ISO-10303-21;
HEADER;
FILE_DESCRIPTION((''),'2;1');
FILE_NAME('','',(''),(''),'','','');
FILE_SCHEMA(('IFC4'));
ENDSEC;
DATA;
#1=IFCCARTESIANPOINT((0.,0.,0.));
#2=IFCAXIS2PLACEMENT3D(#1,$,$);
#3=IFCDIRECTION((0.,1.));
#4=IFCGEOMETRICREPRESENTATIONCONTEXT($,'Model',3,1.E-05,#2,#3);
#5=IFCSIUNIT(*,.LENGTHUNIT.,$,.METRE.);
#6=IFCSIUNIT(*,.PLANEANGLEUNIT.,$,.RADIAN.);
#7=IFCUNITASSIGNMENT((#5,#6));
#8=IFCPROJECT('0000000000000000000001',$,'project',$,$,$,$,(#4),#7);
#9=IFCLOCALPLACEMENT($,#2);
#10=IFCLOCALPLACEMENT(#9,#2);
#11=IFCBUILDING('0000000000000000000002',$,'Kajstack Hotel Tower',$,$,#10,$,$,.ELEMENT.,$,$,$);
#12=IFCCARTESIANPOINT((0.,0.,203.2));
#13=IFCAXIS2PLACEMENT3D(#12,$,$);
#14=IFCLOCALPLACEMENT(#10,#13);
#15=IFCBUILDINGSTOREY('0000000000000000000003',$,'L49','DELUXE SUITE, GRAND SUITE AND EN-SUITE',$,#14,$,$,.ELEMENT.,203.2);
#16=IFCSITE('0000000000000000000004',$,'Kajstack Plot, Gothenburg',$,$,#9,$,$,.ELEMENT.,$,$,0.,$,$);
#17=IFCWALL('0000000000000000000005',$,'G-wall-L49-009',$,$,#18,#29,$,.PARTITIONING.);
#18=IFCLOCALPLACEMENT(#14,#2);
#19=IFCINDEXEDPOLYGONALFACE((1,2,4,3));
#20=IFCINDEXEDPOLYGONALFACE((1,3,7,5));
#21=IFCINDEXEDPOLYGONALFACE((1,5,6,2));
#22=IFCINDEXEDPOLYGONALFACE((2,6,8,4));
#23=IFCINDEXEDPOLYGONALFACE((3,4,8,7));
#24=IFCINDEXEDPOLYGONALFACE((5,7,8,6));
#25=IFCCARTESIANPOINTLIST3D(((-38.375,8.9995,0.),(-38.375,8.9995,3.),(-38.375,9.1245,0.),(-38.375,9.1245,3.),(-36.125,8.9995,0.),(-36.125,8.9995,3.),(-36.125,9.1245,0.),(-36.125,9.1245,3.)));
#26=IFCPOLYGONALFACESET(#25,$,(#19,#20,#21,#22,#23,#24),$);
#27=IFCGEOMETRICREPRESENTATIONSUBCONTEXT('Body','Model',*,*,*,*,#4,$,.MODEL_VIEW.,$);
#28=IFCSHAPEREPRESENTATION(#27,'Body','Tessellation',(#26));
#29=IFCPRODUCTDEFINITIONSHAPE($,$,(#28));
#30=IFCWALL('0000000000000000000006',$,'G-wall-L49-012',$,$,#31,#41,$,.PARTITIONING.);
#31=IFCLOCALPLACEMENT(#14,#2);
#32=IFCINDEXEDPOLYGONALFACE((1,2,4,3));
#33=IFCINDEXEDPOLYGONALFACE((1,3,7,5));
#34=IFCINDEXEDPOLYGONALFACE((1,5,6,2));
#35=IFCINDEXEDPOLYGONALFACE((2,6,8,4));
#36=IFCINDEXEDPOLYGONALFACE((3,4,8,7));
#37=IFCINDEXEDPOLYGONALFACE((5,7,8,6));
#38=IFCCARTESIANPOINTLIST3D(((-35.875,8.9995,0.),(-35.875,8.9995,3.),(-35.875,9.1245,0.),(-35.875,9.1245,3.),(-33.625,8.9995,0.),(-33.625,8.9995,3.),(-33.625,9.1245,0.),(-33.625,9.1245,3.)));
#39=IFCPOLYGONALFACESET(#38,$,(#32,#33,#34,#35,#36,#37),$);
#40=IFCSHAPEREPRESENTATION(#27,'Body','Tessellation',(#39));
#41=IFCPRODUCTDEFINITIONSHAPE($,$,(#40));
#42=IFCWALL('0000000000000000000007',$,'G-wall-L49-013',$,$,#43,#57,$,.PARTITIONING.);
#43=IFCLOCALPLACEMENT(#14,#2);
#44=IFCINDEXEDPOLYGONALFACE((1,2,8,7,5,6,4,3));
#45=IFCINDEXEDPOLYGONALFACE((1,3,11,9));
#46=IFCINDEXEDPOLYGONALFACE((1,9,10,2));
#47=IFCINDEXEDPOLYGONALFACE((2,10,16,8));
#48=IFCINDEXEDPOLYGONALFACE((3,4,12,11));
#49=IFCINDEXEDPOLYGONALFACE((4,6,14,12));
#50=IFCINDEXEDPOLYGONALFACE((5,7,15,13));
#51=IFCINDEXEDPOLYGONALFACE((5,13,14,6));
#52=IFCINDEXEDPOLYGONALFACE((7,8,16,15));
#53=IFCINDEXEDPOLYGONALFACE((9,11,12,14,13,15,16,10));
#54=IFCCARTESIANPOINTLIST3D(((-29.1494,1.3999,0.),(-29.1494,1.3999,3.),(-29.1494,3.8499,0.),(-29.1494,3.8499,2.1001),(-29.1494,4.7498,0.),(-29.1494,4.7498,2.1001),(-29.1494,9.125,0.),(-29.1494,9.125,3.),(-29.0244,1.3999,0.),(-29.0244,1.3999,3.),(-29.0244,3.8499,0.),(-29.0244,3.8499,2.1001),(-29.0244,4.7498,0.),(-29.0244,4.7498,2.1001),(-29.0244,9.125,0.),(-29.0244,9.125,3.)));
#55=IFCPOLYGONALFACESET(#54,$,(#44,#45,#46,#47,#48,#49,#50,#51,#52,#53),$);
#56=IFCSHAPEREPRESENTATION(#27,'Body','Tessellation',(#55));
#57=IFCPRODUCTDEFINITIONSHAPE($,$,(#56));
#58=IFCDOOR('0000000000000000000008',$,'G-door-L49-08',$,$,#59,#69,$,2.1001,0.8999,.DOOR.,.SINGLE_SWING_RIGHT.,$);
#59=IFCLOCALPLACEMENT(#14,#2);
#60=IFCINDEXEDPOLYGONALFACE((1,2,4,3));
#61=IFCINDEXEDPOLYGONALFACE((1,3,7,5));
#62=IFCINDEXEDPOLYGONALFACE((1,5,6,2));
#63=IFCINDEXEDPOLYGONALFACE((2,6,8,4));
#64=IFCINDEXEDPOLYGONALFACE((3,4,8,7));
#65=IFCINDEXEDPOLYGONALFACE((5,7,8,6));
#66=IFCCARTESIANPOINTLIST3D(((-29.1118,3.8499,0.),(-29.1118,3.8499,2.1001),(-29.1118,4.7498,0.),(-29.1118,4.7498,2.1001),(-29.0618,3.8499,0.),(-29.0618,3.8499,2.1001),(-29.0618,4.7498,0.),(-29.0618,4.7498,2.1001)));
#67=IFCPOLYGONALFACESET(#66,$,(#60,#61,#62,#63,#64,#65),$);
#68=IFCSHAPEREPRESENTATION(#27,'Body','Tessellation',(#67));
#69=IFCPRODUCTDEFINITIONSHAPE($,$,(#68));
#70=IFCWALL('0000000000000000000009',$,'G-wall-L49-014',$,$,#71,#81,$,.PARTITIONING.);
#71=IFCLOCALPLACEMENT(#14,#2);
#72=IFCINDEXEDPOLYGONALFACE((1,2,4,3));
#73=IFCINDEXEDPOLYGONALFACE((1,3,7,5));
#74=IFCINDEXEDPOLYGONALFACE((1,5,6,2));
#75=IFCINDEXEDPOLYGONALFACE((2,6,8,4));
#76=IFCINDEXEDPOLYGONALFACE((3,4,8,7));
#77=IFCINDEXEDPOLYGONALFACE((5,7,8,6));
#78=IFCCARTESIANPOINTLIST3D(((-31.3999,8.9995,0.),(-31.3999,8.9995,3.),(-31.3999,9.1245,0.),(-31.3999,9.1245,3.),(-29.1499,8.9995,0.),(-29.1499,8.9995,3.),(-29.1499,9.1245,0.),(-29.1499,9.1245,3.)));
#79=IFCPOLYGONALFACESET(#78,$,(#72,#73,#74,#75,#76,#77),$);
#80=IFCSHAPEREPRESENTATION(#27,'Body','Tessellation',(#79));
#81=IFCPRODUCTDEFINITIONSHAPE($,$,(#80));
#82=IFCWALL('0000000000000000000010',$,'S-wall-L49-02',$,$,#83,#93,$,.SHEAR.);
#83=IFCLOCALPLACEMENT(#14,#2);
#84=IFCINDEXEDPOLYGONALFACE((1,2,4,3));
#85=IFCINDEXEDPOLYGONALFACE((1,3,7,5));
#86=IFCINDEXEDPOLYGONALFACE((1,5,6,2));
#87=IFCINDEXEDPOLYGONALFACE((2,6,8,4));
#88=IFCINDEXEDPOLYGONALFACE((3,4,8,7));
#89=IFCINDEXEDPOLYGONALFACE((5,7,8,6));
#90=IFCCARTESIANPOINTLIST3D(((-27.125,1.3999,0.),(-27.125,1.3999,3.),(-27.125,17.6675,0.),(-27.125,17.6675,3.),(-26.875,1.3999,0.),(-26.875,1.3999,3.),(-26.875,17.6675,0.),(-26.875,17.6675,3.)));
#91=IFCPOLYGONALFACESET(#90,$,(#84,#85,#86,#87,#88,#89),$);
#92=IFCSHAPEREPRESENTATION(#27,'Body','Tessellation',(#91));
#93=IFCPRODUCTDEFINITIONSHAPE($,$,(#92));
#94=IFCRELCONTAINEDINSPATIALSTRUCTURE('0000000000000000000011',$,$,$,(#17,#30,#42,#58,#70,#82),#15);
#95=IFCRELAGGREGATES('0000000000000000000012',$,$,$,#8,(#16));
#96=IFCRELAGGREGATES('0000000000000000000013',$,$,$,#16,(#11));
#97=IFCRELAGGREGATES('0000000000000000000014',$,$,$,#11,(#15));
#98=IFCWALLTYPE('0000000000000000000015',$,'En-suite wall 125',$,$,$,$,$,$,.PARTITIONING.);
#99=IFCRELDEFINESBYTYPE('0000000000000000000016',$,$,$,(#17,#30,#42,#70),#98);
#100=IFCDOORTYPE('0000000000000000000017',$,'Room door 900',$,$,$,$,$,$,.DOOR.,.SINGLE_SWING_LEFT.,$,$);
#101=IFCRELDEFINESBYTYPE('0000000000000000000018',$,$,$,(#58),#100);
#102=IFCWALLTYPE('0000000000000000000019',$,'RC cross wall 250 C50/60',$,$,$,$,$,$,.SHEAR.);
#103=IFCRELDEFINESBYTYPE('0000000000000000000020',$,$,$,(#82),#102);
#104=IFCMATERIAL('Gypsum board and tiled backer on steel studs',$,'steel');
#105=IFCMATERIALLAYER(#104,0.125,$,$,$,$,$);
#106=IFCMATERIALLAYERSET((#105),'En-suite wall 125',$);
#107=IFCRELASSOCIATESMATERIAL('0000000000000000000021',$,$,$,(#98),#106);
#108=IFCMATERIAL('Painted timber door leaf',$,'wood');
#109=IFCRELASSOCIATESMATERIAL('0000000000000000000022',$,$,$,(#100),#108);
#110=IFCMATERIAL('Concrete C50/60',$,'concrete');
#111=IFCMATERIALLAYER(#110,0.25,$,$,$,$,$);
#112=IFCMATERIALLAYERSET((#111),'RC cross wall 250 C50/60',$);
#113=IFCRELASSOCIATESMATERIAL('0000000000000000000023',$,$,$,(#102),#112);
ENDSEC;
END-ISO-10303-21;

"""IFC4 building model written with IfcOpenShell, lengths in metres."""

from ifc_helpers import new_model, si_unit, direction, frame, frame_2d, origin, place, context, subcontext, project, spatial, rectangle, extrude, material, layer, layer_set, type_object, element, fill, save


model = new_model("IFC4")

# Units and contexts
model_context = context("Model", 3, precision=1e-05, world=origin(), true_north=direction((0.0, 1.0)))
body_context = subcontext(model_context, "Body", "Model", "MODEL_VIEW")
ifc_project = project(units=[si_unit("LENGTHUNIT", "METRE"), si_unit("PLANEANGLEUNIT", "RADIAN")], contexts=[model_context])

# Site, building, storey
site_placement = place(None, origin())
site = spatial("IfcSite", under=ifc_project, at=site_placement, Name="Kajstack Plot, Gothenburg", CompositionType="ELEMENT", RefElevation=0.0)
building_placement = place(site_placement, origin())
building = spatial("IfcBuilding", under=site, at=building_placement, Name="Kajstack Hotel Tower", CompositionType="ELEMENT")
storey_placement = place(building_placement, frame((0.0, 0.0, 203.2)))
storey = spatial("IfcBuildingStorey", under=building, at=storey_placement, Name="L49", Description="DELUXE SUITE, GRAND SUITE AND EN-SUITE", CompositionType="ELEMENT", Elevation=203.2)

# Walls
ifc_material_1 = material(Name="Gypsum board and tiled backer on steel studs", Category="steel")
ifc_layer_1 = layer(ifc_material_1, 0.125)
ifc_layer_set_1 = layer_set([ifc_layer_1], Name="En-suite wall 125")
wall_type_1 = type_object("IfcWallType", Name="En-suite wall 125", PredefinedType="PARTITIONING", material=ifc_layer_set_1)
for number, where, z_axis, x_axis, name in (
    (1, (-38.375, 9.062, 0.0), (0.0, 0.0, 1.0), (1.0, 0.0, 0.0), "G-wall-L49-009"),
    (2, (-35.875, 9.062, 0.0), (0.0, 0.0, 1.0), (1.0, 0.0, 0.0), "G-wall-L49-012"),
):
    element("IfcWall", number, at=place(storey_placement, frame(where, z_axis=z_axis, x_axis=x_axis)), inside=storey, type_object=wall_type_1, Name=name, PredefinedType="PARTITIONING", context=body_context, shape_type="SweptSolid", body=[
        extrude(rectangle(XDim=2.25, YDim=0.125, at=frame_2d((1.125, 0.0))), origin(), (0.0, 0.0, 1.0), 3.0),
    ])

# Wall, opening, door
wall_1_placement = place(storey_placement, frame((-29.0869, 1.3999, 0.0), z_axis=(0.0, 0.0, 1.0), x_axis=(0.0, 1.0, 0.0)))
wall_1 = element("IfcWall", 3, at=wall_1_placement, inside=storey, type_object=wall_type_1, Name="G-wall-L49-013", PredefinedType="PARTITIONING", context=body_context, shape_type="SweptSolid", body=[
    extrude(rectangle(XDim=7.7251, YDim=0.125, at=frame_2d((3.8625, 0.0))), origin(), (0.0, 0.0, 1.0), 3.0),
])
opening_1_placement = place(wall_1_placement, frame((2.45, 0.0, 0.0)))
opening_1 = element("IfcOpeningElement", 4, at=opening_1_placement, cuts=wall_1, PredefinedType="OPENING", context=body_context, shape_type="SweptSolid", body=[
    extrude(rectangle(XDim=0.8999, YDim=2.1001, at=frame_2d((0.45, 1.05))), frame((0.0, 0.0725, 0.0), z_axis=(0.0, -1.0, 0.0), x_axis=(1.0, 0.0, 0.0)), (0.0, 0.0, 1.0), 0.145),
])
ifc_material_2 = material(Name="Painted timber door leaf", Category="wood")
door_type = type_object("IfcDoorType", Name="Room door 900", OperationType="SINGLE_SWING_LEFT", PredefinedType="DOOR", material=ifc_material_2)
door_placement = place(opening_1_placement, origin())
door = element("IfcDoor", 5, at=door_placement, inside=storey, type_object=door_type, Name="G-door-L49-08", OperationType="SINGLE_SWING_RIGHT", OverallHeight=2.1001, OverallWidth=0.8999, PredefinedType="DOOR", context=body_context, shape_type="SweptSolid", body=[
    extrude(rectangle(XDim=0.8999, YDim=2.1001, at=frame_2d((0.45, 1.05))), frame((0.0, 0.0249, 0.0), z_axis=(0.0, -1.0, 0.0), x_axis=(1.0, 0.0, 0.0)), (0.0, 0.0, 1.0), 0.05),
])
fill(opening_1, door)

# Walls
wall_2_placement = place(storey_placement, frame((-31.3999, 9.062, 0.0), z_axis=(0.0, 0.0, 1.0), x_axis=(1.0, 0.0, 0.0)))
element("IfcWall", 6, at=wall_2_placement, inside=storey, type_object=wall_type_1, Name="G-wall-L49-014", PredefinedType="PARTITIONING", context=body_context, shape_type="SweptSolid", body=[
    extrude(rectangle(XDim=2.25, YDim=0.125, at=frame_2d((1.125, 0.0))), origin(), (0.0, 0.0, 1.0), 3.0),
])
ifc_material_3 = material(Name="Concrete C50/60", Category="concrete")
ifc_layer_2 = layer(ifc_material_3, 0.25)
ifc_layer_set_2 = layer_set([ifc_layer_2], Name="RC cross wall 250 C50/60")
wall_type_2 = type_object("IfcWallType", Name="RC cross wall 250 C50/60", PredefinedType="SHEAR", material=ifc_layer_set_2)
wall_3_placement = place(storey_placement, frame((-27.0, 1.3999, 0.0), z_axis=(0.0, 0.0, 1.0), x_axis=(0.0, 1.0, 0.0)))
element("IfcWall", 7, at=wall_3_placement, inside=storey, type_object=wall_type_2, Name="S-wall-L49-02", PredefinedType="SHEAR", context=body_context, shape_type="SweptSolid", body=[
    extrude(rectangle(XDim=16.2676, YDim=0.25, at=frame_2d((8.1338, 0.0))), origin(), (0.0, 0.0, 1.0), 3.0),
])

save(model, "model.ifc")
